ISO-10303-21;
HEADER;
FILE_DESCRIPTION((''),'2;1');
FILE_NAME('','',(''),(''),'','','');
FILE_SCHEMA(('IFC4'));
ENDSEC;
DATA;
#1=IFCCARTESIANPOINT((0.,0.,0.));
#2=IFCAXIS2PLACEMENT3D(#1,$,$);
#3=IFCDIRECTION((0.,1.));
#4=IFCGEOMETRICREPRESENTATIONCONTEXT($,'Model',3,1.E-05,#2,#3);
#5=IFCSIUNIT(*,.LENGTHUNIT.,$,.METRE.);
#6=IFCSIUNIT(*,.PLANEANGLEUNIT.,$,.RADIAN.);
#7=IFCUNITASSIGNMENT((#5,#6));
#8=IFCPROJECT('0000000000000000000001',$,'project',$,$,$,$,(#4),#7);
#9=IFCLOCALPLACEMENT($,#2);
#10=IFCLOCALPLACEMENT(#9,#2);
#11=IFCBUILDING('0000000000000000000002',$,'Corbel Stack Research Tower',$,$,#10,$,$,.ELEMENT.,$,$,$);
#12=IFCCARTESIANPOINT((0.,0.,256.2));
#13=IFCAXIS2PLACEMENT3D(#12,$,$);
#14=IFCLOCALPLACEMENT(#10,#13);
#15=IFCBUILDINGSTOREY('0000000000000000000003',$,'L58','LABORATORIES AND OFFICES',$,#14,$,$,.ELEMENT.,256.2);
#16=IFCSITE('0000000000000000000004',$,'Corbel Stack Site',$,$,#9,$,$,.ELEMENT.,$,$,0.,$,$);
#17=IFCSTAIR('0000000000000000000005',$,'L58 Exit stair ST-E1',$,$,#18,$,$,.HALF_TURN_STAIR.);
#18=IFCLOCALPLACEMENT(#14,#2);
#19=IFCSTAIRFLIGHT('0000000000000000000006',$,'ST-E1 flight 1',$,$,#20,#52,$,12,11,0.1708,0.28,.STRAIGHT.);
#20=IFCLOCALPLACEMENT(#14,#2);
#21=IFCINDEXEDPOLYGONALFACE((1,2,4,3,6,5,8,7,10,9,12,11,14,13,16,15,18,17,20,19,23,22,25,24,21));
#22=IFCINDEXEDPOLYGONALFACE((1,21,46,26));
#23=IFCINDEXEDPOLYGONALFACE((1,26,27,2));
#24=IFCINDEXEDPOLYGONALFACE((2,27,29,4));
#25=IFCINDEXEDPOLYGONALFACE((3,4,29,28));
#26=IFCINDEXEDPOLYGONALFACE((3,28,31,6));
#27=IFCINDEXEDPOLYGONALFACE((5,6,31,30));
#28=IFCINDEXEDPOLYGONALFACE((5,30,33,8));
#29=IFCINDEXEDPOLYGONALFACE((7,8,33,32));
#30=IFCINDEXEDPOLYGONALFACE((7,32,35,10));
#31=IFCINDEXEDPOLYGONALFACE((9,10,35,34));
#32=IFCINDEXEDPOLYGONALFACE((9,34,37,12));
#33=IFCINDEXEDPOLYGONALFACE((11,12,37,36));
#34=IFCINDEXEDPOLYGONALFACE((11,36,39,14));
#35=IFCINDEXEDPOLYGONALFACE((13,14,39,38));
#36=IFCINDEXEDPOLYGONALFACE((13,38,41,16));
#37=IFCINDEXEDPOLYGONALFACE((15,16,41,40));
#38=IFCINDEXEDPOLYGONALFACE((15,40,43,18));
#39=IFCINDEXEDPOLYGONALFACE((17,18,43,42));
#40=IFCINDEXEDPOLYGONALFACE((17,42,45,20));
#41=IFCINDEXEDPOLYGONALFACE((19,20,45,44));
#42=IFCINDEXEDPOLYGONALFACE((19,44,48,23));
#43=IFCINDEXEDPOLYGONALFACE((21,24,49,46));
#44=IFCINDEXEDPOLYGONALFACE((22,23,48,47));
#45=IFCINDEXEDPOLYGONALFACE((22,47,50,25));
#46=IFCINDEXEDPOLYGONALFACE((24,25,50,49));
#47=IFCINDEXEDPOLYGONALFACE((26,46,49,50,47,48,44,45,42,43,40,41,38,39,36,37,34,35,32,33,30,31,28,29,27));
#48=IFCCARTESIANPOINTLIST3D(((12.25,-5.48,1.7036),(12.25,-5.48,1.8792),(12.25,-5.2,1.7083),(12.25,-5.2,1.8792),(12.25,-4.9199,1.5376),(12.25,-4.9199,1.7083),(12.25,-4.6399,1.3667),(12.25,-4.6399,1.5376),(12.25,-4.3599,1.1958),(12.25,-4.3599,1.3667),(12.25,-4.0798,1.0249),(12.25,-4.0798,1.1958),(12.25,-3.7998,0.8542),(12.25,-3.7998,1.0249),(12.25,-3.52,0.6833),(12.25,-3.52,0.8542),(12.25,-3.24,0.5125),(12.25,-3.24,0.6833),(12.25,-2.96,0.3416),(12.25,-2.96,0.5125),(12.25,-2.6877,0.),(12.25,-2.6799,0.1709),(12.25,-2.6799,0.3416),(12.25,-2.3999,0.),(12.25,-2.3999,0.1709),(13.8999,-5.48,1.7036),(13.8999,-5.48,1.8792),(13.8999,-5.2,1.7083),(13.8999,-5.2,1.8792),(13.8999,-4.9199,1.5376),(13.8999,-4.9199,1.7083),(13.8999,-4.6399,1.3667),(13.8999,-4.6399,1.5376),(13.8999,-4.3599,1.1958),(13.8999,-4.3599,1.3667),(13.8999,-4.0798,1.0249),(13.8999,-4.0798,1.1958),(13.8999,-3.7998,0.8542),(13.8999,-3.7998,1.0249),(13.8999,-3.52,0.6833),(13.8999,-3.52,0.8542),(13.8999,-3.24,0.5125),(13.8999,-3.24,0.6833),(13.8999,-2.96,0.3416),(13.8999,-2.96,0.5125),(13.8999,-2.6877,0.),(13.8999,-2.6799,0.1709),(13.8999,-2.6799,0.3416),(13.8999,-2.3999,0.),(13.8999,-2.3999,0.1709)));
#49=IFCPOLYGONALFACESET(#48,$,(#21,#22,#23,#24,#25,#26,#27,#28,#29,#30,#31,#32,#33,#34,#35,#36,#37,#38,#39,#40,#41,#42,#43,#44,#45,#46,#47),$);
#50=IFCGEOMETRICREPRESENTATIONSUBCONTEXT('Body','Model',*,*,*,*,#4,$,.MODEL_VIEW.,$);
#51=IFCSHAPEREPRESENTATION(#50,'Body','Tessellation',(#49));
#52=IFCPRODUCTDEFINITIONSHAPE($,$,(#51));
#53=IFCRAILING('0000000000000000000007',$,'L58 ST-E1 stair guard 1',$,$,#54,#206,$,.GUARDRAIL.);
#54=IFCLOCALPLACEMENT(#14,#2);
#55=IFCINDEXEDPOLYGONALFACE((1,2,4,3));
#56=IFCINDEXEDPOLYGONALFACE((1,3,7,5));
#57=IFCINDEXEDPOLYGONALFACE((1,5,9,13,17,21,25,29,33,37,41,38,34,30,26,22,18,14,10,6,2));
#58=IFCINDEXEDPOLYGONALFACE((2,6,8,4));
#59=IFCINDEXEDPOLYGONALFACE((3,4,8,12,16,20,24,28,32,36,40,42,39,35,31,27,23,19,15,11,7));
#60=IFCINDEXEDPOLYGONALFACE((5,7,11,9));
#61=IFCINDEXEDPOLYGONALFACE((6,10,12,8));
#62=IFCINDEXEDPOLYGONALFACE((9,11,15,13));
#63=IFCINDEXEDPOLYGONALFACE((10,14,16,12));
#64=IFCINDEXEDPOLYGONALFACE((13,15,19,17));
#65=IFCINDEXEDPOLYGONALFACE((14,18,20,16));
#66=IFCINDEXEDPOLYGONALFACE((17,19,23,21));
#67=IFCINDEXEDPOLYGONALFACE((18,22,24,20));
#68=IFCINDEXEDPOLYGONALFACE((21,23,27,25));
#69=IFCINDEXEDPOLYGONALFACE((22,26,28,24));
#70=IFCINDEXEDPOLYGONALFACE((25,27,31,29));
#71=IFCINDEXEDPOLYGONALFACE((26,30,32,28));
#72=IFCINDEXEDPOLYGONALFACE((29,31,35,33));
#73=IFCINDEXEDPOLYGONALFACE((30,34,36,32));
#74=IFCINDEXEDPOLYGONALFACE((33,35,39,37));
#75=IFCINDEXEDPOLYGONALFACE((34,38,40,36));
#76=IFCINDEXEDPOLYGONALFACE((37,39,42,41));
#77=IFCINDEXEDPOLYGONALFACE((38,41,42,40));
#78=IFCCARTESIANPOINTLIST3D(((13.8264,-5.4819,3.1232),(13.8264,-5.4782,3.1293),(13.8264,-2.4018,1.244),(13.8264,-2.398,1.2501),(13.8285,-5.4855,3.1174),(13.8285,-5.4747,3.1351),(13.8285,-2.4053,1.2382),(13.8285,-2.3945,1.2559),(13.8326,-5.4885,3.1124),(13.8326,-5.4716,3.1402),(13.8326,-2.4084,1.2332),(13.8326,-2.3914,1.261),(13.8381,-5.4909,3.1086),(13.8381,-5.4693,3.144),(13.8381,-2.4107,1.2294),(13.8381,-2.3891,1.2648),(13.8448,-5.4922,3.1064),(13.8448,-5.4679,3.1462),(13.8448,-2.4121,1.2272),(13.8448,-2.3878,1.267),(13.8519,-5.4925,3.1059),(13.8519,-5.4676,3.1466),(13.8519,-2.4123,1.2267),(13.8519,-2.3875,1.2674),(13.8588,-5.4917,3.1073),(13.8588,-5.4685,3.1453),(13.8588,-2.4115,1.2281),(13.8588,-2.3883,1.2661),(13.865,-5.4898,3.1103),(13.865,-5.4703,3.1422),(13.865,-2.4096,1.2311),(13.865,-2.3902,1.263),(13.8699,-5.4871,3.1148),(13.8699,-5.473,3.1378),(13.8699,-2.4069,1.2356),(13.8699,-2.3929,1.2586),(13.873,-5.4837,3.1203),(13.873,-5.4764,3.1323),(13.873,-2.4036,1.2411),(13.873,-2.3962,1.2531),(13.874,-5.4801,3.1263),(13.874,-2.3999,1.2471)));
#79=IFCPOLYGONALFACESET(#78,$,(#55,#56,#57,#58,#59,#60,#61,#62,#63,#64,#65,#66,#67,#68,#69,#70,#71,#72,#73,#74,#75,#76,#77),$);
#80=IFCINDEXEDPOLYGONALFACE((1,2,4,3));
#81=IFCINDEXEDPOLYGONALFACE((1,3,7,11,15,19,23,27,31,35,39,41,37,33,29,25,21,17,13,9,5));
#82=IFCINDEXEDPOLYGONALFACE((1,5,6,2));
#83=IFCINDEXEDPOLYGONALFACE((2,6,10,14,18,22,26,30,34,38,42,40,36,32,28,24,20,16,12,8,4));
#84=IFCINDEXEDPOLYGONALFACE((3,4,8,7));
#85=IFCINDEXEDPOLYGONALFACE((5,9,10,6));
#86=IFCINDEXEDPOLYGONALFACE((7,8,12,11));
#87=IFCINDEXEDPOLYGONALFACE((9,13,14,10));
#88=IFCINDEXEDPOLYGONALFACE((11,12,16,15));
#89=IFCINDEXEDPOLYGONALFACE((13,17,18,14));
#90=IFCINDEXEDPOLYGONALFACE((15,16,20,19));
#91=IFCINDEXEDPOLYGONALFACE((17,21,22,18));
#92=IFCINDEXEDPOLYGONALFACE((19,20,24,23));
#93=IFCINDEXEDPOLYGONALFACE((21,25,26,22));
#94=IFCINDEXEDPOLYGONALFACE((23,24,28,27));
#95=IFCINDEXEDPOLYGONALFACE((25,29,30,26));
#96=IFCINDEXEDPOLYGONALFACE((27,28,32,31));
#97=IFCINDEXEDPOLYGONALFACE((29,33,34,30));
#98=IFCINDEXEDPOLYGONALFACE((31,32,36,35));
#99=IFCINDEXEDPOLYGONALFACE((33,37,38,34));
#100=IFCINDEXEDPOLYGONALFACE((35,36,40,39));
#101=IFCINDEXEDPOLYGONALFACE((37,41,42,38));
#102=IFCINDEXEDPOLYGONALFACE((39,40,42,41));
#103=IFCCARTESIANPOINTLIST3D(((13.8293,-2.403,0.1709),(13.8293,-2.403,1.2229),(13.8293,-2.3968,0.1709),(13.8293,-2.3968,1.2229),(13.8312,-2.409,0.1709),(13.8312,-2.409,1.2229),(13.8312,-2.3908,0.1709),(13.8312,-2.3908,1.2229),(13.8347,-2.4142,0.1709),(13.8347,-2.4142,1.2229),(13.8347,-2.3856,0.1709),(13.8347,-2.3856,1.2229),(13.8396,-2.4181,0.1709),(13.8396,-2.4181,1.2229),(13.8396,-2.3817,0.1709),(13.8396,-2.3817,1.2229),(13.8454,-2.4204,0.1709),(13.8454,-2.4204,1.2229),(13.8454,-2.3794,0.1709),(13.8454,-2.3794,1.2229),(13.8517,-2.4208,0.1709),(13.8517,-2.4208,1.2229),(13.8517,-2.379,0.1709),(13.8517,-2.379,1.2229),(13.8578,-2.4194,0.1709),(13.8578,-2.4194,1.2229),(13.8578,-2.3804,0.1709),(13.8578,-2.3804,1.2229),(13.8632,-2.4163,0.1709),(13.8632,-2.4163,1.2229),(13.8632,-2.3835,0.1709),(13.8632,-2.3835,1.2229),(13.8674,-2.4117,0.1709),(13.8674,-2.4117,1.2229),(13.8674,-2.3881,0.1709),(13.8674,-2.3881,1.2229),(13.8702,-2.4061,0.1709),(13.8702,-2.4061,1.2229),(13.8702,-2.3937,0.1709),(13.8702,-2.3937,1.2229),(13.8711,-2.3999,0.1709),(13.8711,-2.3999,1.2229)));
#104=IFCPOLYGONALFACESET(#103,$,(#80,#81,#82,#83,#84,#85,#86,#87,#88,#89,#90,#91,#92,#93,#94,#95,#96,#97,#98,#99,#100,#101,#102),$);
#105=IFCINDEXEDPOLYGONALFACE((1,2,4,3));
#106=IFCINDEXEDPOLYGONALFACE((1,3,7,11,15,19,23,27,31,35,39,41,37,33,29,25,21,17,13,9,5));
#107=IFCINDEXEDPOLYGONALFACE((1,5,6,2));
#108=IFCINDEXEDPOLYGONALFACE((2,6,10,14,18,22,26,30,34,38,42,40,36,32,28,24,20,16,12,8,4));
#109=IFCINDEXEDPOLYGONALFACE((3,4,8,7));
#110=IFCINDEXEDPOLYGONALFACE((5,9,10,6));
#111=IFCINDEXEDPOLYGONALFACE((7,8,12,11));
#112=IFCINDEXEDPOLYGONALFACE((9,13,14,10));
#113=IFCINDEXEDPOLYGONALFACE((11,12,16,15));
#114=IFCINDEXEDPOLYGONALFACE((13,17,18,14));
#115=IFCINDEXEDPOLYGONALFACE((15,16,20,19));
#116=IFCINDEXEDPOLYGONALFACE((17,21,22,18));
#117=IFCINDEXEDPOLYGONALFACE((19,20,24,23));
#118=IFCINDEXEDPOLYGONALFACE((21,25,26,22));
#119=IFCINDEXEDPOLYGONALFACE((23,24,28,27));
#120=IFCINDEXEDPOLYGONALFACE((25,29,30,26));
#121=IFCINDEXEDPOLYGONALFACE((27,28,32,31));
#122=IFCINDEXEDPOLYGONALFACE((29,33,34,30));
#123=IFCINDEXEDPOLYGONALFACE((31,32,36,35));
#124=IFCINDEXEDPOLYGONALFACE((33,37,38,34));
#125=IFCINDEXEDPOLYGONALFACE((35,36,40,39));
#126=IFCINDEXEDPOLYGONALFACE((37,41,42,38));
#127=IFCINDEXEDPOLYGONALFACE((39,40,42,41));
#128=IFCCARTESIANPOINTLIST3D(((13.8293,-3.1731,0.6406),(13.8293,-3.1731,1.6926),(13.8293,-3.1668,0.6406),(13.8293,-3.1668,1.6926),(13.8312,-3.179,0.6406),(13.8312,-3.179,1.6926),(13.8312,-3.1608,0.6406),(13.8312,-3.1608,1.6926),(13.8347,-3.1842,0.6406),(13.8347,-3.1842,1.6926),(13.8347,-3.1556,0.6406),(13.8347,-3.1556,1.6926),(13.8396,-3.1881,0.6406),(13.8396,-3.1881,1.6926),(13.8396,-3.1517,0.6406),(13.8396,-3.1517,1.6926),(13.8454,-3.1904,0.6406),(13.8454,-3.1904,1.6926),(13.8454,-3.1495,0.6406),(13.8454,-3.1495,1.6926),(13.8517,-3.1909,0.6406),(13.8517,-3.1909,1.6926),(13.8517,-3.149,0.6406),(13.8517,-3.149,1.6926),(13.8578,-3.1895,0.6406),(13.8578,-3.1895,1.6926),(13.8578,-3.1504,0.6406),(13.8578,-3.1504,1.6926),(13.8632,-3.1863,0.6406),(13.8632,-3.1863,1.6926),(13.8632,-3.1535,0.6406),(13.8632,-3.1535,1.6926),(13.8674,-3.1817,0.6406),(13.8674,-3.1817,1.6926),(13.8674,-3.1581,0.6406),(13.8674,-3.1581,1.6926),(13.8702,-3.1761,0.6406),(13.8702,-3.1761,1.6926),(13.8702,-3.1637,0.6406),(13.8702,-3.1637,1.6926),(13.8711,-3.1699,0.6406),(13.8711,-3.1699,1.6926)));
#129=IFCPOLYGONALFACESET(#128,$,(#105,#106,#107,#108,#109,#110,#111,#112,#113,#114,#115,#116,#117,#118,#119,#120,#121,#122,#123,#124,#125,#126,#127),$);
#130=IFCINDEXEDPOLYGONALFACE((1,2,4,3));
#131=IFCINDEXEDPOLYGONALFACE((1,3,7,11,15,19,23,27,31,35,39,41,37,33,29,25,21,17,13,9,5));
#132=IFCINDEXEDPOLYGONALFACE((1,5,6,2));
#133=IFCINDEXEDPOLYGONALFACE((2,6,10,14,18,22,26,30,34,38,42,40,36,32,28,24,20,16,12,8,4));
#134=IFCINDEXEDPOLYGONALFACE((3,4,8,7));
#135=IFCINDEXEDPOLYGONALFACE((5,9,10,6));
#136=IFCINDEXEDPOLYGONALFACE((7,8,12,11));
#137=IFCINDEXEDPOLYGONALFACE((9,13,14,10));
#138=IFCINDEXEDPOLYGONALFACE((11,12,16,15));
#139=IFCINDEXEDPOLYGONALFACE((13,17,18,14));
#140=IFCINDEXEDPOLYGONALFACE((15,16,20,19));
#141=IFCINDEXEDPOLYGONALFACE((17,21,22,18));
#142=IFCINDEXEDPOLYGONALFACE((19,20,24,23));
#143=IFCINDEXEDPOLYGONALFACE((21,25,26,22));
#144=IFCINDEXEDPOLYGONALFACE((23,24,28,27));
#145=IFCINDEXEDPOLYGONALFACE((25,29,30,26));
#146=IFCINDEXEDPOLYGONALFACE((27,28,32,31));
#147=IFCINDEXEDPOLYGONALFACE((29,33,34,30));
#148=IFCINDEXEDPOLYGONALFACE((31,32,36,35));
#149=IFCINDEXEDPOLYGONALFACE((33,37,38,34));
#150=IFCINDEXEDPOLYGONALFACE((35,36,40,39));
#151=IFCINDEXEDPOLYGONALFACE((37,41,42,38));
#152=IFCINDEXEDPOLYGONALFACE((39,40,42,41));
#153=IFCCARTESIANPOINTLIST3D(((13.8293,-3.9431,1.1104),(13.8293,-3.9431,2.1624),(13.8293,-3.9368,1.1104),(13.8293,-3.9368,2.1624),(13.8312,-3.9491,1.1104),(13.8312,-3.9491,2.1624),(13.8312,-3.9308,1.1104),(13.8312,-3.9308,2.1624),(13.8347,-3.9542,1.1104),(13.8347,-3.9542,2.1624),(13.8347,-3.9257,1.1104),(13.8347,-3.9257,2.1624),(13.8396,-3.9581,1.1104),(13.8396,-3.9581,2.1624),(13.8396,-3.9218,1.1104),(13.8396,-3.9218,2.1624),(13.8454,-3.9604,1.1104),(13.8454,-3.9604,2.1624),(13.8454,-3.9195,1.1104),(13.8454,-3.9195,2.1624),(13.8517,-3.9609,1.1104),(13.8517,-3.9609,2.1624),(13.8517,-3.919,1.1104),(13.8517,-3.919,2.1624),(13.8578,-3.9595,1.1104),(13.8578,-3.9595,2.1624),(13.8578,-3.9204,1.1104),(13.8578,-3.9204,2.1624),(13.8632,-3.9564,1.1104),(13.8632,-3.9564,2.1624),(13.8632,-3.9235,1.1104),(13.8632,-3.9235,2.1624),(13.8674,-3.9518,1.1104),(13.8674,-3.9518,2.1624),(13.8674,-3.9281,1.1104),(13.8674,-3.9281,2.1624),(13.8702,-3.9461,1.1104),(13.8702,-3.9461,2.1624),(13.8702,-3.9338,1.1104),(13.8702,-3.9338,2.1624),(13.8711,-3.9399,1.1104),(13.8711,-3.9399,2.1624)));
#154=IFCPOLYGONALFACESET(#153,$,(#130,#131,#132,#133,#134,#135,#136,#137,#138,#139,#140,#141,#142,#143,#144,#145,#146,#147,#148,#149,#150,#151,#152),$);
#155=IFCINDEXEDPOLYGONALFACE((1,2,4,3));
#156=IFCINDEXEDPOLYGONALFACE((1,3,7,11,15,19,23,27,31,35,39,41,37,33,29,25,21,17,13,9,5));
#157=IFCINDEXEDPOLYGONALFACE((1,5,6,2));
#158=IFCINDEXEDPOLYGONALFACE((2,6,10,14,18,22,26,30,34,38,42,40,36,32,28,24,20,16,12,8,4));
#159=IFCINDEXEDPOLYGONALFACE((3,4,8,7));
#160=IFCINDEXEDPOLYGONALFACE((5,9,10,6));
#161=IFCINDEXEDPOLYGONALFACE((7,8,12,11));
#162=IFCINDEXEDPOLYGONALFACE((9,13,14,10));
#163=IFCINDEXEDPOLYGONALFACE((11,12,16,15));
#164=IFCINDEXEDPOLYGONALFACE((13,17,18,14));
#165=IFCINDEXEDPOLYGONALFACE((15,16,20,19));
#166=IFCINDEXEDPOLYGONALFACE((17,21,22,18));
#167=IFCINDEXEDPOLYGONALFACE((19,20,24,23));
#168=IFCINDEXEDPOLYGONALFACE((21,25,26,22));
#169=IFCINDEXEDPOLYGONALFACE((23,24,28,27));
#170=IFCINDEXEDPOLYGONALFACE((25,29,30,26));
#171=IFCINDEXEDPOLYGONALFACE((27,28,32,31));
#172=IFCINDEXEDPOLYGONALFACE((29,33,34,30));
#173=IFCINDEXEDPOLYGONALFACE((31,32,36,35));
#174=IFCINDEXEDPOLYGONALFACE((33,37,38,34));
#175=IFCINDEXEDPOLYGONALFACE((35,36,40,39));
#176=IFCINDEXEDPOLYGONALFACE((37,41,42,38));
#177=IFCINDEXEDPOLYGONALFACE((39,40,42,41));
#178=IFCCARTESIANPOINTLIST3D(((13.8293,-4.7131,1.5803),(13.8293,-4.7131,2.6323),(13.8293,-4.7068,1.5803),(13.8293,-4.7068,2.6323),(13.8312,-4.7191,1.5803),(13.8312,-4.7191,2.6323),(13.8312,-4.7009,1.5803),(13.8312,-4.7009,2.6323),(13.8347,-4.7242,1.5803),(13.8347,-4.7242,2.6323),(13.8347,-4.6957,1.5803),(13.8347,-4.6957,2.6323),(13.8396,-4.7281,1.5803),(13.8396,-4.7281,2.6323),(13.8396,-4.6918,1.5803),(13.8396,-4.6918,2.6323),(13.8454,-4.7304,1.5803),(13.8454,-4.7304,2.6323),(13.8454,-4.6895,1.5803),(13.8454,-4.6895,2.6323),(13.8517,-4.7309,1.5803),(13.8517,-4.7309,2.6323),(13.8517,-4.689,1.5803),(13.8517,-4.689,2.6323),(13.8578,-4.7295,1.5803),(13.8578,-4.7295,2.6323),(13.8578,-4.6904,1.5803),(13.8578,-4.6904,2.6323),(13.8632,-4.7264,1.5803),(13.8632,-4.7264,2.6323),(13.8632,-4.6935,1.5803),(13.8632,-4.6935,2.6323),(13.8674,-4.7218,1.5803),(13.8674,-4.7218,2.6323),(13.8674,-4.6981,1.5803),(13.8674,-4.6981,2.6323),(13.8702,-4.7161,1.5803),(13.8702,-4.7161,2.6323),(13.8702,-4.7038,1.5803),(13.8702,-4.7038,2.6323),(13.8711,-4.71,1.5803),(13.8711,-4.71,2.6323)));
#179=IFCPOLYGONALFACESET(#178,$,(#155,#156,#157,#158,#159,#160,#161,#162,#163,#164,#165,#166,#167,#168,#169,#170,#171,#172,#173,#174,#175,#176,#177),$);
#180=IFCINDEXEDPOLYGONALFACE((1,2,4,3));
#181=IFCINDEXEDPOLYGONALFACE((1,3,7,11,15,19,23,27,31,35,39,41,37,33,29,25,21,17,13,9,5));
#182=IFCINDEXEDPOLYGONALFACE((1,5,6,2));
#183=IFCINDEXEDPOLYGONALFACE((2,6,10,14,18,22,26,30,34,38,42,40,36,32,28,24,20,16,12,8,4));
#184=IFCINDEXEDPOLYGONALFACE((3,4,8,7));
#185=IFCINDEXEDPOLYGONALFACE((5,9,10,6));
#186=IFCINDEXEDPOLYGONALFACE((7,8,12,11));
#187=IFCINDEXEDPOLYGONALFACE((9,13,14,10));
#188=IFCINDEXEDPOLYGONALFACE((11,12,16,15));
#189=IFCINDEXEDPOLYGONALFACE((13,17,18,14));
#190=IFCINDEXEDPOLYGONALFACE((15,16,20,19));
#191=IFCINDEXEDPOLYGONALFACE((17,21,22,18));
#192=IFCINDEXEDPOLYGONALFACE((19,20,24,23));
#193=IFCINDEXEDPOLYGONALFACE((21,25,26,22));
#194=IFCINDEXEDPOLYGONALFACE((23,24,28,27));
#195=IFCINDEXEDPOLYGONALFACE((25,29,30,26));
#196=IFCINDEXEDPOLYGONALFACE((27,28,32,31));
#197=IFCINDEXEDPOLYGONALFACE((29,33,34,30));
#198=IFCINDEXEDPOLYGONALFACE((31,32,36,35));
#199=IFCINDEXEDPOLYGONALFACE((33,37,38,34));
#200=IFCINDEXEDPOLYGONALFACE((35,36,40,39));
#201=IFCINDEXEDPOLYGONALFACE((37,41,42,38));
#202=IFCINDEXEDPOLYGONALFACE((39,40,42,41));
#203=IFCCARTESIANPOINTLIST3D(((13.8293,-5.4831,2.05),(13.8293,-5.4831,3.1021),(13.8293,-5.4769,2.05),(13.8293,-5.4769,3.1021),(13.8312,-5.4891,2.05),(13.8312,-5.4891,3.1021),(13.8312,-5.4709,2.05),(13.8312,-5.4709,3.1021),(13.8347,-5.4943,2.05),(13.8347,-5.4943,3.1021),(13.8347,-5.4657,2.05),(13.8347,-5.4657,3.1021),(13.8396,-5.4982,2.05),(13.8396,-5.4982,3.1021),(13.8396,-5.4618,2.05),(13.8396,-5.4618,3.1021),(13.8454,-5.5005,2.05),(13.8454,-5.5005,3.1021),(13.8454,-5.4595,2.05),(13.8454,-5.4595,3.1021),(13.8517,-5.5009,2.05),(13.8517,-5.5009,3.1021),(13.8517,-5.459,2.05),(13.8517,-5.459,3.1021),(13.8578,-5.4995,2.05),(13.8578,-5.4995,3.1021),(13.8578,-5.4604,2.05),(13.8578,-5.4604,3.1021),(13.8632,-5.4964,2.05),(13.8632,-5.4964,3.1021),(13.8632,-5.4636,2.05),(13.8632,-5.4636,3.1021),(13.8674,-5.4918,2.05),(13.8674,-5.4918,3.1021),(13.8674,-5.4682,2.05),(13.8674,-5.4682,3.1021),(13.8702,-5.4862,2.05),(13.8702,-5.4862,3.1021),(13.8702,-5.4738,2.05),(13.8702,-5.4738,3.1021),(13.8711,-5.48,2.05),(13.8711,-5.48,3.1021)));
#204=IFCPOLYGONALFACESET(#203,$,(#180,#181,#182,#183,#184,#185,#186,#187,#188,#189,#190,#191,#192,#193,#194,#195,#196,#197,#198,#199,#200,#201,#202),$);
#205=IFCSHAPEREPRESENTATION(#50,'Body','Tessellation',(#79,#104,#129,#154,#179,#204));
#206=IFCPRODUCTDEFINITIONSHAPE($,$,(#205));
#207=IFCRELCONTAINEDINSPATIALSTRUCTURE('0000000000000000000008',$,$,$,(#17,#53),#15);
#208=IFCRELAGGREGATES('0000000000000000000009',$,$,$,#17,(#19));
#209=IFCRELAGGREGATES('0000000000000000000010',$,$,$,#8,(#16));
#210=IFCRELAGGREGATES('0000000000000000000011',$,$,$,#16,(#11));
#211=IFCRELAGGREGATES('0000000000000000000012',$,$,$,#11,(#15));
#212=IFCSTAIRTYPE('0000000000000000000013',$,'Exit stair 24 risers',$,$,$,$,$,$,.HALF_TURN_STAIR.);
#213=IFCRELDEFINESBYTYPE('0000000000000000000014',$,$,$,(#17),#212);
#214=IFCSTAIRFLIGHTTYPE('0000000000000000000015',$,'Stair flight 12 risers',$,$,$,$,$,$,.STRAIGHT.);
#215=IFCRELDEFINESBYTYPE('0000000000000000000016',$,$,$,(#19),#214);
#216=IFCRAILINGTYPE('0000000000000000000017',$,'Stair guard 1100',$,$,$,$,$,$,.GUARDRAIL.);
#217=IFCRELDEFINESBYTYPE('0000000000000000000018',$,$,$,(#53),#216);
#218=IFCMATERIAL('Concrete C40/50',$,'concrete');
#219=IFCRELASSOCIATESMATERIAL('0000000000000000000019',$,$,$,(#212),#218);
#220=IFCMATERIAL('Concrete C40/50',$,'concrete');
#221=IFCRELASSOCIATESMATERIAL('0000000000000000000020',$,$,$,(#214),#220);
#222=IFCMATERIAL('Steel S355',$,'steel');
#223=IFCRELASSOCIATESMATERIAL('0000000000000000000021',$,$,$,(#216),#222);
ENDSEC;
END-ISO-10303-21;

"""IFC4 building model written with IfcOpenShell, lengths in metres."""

from ifc_helpers import new_model, si_unit, direction, frame, origin, origin_2d, place, context, subcontext, project, spatial, polyline, circle, outline, extrude, material, type_object, element, aggregate, save


model = new_model("IFC4")

# Units and contexts
model_context = context("Model", 3, precision=1e-05, world=origin(), true_north=direction((0.0, 1.0)))
body_context = subcontext(model_context, "Body", "Model", "MODEL_VIEW")
ifc_project = project(units=[si_unit("LENGTHUNIT", "METRE"), si_unit("PLANEANGLEUNIT", "RADIAN")], contexts=[model_context])

# Site, building, storey
site_placement = place(None, origin())
site = spatial("IfcSite", under=ifc_project, at=site_placement, Name="Corbel Stack Site", CompositionType="ELEMENT", RefElevation=0.0)
building_placement = place(site_placement, origin())
building = spatial("IfcBuilding", under=site, at=building_placement, Name="Corbel Stack Research Tower", CompositionType="ELEMENT")
storey_placement = place(building_placement, frame((0.0, 0.0, 256.2)))
storey = spatial("IfcBuildingStorey", under=building, at=storey_placement, Name="L58", Description="LABORATORIES AND OFFICES", CompositionType="ELEMENT", Elevation=256.2)

# Stair
ifc_material_1 = material(Name="Concrete C40/50", Category="concrete")
stair_type = type_object("IfcStairType", Name="Exit stair 24 risers", PredefinedType="HALF_TURN_STAIR", material=ifc_material_1)
stair_1_placement = place(storey_placement, origin())
stair_1 = element("IfcStair", 1, at=stair_1_placement, inside=storey, type_object=stair_type, Name="L58 Exit stair ST-E1", PredefinedType="HALF_TURN_STAIR")

# Stair flight
ifc_material_2 = material(Name="Concrete C40/50", Category="concrete")
stair_flight_type = type_object("IfcStairFlightType", Name="Stair flight 12 risers", PredefinedType="STRAIGHT", material=ifc_material_2)
stair_flight_placement = place(storey_placement, frame((13.075, -2.3999, 0.0), z_axis=(0.0, 0.0, 1.0), x_axis=(0.0, -1.0, 0.0)))
stair_flight = element("IfcStairFlight", 2, at=stair_flight_placement, type_object=stair_flight_type, Name="ST-E1 flight 1", NumberOfRisers=12, NumberOfTreads=11, PredefinedType="STRAIGHT", RiserHeight=0.1708, TreadLength=0.28, context=body_context, shape_type="SweptSolid", body=[
    extrude(outline(polyline([(0.0, 0.0), (0.0, 0.1709), (0.28, 0.1709), (0.28, 0.3416), (0.5601, 0.3416), (0.5601, 0.5125), (0.8401, 0.5125), (0.8401, 0.6833), (1.1201, 0.6833), (1.1201, 0.8542), (1.3999, 0.8542), (1.3999, 1.0249), (1.6799, 1.0249), (1.6799, 1.1958), (1.96, 1.1958), (1.96, 1.3667), (2.24, 1.3667), (2.24, 1.5376), (2.52, 1.5376), (2.52, 1.7083), (2.8, 1.7083), (2.8, 1.8792), (3.0801, 1.8792), (3.0801, 2.05), (3.0801, 1.7036), (0.2878, 0.0), (0.0, 0.0)])), frame((0.0, 0.825, 0.0), z_axis=(0.0, -1.0, 0.0), x_axis=(1.0, 0.0, 0.0)), (0.0, 0.0, 1.0), 1.6499),
])
aggregate(stair_1, [stair_flight])

# Railing
ifc_material_3 = material(Name="Steel S355", Category="steel")
railing_type_1 = type_object("IfcRailingType", Name="Stair guard 1100", PredefinedType="GUARDRAIL", material=ifc_material_3)
railing_1_placement = place(storey_placement, frame((13.8501, -2.3999, 0.1709)))
element("IfcRailing", 3, at=railing_1_placement, inside=storey, type_object=railing_type_1, Name="L58 ST-E1 stair guard 1", PredefinedType="GUARDRAIL", context=body_context, shape_type="SweptSolid", body=[
    extrude(circle(Radius=0.0239, at=origin_2d()), frame((0.0, 0.0, 1.0762), z_axis=(0.0, -0.853666, 0.52082), x_axis=(1.0, 0.0, 0.0)), (0.0, 0.0, 1.0), 3.6082),
    extrude(circle(Radius=0.021, at=origin_2d()), origin(), (0.0, 0.0, 1.0), 1.052),
    extrude(circle(Radius=0.021, at=origin_2d()), frame((0.0, -0.77, 0.4697)), (0.0, 0.0, 1.0), 1.052),
    extrude(circle(Radius=0.021, at=origin_2d()), frame((0.0, -1.54, 0.9395)), (0.0, 0.0, 1.0), 1.052),
    extrude(circle(Radius=0.021, at=origin_2d()), frame((0.0, -2.3101, 1.4094)), (0.0, 0.0, 1.0), 1.052),
    extrude(circle(Radius=0.021, at=origin_2d()), frame((0.0, -3.0801, 1.8792)), (0.0, 0.0, 1.0), 1.052),
])

save(model, "model.ifc")
